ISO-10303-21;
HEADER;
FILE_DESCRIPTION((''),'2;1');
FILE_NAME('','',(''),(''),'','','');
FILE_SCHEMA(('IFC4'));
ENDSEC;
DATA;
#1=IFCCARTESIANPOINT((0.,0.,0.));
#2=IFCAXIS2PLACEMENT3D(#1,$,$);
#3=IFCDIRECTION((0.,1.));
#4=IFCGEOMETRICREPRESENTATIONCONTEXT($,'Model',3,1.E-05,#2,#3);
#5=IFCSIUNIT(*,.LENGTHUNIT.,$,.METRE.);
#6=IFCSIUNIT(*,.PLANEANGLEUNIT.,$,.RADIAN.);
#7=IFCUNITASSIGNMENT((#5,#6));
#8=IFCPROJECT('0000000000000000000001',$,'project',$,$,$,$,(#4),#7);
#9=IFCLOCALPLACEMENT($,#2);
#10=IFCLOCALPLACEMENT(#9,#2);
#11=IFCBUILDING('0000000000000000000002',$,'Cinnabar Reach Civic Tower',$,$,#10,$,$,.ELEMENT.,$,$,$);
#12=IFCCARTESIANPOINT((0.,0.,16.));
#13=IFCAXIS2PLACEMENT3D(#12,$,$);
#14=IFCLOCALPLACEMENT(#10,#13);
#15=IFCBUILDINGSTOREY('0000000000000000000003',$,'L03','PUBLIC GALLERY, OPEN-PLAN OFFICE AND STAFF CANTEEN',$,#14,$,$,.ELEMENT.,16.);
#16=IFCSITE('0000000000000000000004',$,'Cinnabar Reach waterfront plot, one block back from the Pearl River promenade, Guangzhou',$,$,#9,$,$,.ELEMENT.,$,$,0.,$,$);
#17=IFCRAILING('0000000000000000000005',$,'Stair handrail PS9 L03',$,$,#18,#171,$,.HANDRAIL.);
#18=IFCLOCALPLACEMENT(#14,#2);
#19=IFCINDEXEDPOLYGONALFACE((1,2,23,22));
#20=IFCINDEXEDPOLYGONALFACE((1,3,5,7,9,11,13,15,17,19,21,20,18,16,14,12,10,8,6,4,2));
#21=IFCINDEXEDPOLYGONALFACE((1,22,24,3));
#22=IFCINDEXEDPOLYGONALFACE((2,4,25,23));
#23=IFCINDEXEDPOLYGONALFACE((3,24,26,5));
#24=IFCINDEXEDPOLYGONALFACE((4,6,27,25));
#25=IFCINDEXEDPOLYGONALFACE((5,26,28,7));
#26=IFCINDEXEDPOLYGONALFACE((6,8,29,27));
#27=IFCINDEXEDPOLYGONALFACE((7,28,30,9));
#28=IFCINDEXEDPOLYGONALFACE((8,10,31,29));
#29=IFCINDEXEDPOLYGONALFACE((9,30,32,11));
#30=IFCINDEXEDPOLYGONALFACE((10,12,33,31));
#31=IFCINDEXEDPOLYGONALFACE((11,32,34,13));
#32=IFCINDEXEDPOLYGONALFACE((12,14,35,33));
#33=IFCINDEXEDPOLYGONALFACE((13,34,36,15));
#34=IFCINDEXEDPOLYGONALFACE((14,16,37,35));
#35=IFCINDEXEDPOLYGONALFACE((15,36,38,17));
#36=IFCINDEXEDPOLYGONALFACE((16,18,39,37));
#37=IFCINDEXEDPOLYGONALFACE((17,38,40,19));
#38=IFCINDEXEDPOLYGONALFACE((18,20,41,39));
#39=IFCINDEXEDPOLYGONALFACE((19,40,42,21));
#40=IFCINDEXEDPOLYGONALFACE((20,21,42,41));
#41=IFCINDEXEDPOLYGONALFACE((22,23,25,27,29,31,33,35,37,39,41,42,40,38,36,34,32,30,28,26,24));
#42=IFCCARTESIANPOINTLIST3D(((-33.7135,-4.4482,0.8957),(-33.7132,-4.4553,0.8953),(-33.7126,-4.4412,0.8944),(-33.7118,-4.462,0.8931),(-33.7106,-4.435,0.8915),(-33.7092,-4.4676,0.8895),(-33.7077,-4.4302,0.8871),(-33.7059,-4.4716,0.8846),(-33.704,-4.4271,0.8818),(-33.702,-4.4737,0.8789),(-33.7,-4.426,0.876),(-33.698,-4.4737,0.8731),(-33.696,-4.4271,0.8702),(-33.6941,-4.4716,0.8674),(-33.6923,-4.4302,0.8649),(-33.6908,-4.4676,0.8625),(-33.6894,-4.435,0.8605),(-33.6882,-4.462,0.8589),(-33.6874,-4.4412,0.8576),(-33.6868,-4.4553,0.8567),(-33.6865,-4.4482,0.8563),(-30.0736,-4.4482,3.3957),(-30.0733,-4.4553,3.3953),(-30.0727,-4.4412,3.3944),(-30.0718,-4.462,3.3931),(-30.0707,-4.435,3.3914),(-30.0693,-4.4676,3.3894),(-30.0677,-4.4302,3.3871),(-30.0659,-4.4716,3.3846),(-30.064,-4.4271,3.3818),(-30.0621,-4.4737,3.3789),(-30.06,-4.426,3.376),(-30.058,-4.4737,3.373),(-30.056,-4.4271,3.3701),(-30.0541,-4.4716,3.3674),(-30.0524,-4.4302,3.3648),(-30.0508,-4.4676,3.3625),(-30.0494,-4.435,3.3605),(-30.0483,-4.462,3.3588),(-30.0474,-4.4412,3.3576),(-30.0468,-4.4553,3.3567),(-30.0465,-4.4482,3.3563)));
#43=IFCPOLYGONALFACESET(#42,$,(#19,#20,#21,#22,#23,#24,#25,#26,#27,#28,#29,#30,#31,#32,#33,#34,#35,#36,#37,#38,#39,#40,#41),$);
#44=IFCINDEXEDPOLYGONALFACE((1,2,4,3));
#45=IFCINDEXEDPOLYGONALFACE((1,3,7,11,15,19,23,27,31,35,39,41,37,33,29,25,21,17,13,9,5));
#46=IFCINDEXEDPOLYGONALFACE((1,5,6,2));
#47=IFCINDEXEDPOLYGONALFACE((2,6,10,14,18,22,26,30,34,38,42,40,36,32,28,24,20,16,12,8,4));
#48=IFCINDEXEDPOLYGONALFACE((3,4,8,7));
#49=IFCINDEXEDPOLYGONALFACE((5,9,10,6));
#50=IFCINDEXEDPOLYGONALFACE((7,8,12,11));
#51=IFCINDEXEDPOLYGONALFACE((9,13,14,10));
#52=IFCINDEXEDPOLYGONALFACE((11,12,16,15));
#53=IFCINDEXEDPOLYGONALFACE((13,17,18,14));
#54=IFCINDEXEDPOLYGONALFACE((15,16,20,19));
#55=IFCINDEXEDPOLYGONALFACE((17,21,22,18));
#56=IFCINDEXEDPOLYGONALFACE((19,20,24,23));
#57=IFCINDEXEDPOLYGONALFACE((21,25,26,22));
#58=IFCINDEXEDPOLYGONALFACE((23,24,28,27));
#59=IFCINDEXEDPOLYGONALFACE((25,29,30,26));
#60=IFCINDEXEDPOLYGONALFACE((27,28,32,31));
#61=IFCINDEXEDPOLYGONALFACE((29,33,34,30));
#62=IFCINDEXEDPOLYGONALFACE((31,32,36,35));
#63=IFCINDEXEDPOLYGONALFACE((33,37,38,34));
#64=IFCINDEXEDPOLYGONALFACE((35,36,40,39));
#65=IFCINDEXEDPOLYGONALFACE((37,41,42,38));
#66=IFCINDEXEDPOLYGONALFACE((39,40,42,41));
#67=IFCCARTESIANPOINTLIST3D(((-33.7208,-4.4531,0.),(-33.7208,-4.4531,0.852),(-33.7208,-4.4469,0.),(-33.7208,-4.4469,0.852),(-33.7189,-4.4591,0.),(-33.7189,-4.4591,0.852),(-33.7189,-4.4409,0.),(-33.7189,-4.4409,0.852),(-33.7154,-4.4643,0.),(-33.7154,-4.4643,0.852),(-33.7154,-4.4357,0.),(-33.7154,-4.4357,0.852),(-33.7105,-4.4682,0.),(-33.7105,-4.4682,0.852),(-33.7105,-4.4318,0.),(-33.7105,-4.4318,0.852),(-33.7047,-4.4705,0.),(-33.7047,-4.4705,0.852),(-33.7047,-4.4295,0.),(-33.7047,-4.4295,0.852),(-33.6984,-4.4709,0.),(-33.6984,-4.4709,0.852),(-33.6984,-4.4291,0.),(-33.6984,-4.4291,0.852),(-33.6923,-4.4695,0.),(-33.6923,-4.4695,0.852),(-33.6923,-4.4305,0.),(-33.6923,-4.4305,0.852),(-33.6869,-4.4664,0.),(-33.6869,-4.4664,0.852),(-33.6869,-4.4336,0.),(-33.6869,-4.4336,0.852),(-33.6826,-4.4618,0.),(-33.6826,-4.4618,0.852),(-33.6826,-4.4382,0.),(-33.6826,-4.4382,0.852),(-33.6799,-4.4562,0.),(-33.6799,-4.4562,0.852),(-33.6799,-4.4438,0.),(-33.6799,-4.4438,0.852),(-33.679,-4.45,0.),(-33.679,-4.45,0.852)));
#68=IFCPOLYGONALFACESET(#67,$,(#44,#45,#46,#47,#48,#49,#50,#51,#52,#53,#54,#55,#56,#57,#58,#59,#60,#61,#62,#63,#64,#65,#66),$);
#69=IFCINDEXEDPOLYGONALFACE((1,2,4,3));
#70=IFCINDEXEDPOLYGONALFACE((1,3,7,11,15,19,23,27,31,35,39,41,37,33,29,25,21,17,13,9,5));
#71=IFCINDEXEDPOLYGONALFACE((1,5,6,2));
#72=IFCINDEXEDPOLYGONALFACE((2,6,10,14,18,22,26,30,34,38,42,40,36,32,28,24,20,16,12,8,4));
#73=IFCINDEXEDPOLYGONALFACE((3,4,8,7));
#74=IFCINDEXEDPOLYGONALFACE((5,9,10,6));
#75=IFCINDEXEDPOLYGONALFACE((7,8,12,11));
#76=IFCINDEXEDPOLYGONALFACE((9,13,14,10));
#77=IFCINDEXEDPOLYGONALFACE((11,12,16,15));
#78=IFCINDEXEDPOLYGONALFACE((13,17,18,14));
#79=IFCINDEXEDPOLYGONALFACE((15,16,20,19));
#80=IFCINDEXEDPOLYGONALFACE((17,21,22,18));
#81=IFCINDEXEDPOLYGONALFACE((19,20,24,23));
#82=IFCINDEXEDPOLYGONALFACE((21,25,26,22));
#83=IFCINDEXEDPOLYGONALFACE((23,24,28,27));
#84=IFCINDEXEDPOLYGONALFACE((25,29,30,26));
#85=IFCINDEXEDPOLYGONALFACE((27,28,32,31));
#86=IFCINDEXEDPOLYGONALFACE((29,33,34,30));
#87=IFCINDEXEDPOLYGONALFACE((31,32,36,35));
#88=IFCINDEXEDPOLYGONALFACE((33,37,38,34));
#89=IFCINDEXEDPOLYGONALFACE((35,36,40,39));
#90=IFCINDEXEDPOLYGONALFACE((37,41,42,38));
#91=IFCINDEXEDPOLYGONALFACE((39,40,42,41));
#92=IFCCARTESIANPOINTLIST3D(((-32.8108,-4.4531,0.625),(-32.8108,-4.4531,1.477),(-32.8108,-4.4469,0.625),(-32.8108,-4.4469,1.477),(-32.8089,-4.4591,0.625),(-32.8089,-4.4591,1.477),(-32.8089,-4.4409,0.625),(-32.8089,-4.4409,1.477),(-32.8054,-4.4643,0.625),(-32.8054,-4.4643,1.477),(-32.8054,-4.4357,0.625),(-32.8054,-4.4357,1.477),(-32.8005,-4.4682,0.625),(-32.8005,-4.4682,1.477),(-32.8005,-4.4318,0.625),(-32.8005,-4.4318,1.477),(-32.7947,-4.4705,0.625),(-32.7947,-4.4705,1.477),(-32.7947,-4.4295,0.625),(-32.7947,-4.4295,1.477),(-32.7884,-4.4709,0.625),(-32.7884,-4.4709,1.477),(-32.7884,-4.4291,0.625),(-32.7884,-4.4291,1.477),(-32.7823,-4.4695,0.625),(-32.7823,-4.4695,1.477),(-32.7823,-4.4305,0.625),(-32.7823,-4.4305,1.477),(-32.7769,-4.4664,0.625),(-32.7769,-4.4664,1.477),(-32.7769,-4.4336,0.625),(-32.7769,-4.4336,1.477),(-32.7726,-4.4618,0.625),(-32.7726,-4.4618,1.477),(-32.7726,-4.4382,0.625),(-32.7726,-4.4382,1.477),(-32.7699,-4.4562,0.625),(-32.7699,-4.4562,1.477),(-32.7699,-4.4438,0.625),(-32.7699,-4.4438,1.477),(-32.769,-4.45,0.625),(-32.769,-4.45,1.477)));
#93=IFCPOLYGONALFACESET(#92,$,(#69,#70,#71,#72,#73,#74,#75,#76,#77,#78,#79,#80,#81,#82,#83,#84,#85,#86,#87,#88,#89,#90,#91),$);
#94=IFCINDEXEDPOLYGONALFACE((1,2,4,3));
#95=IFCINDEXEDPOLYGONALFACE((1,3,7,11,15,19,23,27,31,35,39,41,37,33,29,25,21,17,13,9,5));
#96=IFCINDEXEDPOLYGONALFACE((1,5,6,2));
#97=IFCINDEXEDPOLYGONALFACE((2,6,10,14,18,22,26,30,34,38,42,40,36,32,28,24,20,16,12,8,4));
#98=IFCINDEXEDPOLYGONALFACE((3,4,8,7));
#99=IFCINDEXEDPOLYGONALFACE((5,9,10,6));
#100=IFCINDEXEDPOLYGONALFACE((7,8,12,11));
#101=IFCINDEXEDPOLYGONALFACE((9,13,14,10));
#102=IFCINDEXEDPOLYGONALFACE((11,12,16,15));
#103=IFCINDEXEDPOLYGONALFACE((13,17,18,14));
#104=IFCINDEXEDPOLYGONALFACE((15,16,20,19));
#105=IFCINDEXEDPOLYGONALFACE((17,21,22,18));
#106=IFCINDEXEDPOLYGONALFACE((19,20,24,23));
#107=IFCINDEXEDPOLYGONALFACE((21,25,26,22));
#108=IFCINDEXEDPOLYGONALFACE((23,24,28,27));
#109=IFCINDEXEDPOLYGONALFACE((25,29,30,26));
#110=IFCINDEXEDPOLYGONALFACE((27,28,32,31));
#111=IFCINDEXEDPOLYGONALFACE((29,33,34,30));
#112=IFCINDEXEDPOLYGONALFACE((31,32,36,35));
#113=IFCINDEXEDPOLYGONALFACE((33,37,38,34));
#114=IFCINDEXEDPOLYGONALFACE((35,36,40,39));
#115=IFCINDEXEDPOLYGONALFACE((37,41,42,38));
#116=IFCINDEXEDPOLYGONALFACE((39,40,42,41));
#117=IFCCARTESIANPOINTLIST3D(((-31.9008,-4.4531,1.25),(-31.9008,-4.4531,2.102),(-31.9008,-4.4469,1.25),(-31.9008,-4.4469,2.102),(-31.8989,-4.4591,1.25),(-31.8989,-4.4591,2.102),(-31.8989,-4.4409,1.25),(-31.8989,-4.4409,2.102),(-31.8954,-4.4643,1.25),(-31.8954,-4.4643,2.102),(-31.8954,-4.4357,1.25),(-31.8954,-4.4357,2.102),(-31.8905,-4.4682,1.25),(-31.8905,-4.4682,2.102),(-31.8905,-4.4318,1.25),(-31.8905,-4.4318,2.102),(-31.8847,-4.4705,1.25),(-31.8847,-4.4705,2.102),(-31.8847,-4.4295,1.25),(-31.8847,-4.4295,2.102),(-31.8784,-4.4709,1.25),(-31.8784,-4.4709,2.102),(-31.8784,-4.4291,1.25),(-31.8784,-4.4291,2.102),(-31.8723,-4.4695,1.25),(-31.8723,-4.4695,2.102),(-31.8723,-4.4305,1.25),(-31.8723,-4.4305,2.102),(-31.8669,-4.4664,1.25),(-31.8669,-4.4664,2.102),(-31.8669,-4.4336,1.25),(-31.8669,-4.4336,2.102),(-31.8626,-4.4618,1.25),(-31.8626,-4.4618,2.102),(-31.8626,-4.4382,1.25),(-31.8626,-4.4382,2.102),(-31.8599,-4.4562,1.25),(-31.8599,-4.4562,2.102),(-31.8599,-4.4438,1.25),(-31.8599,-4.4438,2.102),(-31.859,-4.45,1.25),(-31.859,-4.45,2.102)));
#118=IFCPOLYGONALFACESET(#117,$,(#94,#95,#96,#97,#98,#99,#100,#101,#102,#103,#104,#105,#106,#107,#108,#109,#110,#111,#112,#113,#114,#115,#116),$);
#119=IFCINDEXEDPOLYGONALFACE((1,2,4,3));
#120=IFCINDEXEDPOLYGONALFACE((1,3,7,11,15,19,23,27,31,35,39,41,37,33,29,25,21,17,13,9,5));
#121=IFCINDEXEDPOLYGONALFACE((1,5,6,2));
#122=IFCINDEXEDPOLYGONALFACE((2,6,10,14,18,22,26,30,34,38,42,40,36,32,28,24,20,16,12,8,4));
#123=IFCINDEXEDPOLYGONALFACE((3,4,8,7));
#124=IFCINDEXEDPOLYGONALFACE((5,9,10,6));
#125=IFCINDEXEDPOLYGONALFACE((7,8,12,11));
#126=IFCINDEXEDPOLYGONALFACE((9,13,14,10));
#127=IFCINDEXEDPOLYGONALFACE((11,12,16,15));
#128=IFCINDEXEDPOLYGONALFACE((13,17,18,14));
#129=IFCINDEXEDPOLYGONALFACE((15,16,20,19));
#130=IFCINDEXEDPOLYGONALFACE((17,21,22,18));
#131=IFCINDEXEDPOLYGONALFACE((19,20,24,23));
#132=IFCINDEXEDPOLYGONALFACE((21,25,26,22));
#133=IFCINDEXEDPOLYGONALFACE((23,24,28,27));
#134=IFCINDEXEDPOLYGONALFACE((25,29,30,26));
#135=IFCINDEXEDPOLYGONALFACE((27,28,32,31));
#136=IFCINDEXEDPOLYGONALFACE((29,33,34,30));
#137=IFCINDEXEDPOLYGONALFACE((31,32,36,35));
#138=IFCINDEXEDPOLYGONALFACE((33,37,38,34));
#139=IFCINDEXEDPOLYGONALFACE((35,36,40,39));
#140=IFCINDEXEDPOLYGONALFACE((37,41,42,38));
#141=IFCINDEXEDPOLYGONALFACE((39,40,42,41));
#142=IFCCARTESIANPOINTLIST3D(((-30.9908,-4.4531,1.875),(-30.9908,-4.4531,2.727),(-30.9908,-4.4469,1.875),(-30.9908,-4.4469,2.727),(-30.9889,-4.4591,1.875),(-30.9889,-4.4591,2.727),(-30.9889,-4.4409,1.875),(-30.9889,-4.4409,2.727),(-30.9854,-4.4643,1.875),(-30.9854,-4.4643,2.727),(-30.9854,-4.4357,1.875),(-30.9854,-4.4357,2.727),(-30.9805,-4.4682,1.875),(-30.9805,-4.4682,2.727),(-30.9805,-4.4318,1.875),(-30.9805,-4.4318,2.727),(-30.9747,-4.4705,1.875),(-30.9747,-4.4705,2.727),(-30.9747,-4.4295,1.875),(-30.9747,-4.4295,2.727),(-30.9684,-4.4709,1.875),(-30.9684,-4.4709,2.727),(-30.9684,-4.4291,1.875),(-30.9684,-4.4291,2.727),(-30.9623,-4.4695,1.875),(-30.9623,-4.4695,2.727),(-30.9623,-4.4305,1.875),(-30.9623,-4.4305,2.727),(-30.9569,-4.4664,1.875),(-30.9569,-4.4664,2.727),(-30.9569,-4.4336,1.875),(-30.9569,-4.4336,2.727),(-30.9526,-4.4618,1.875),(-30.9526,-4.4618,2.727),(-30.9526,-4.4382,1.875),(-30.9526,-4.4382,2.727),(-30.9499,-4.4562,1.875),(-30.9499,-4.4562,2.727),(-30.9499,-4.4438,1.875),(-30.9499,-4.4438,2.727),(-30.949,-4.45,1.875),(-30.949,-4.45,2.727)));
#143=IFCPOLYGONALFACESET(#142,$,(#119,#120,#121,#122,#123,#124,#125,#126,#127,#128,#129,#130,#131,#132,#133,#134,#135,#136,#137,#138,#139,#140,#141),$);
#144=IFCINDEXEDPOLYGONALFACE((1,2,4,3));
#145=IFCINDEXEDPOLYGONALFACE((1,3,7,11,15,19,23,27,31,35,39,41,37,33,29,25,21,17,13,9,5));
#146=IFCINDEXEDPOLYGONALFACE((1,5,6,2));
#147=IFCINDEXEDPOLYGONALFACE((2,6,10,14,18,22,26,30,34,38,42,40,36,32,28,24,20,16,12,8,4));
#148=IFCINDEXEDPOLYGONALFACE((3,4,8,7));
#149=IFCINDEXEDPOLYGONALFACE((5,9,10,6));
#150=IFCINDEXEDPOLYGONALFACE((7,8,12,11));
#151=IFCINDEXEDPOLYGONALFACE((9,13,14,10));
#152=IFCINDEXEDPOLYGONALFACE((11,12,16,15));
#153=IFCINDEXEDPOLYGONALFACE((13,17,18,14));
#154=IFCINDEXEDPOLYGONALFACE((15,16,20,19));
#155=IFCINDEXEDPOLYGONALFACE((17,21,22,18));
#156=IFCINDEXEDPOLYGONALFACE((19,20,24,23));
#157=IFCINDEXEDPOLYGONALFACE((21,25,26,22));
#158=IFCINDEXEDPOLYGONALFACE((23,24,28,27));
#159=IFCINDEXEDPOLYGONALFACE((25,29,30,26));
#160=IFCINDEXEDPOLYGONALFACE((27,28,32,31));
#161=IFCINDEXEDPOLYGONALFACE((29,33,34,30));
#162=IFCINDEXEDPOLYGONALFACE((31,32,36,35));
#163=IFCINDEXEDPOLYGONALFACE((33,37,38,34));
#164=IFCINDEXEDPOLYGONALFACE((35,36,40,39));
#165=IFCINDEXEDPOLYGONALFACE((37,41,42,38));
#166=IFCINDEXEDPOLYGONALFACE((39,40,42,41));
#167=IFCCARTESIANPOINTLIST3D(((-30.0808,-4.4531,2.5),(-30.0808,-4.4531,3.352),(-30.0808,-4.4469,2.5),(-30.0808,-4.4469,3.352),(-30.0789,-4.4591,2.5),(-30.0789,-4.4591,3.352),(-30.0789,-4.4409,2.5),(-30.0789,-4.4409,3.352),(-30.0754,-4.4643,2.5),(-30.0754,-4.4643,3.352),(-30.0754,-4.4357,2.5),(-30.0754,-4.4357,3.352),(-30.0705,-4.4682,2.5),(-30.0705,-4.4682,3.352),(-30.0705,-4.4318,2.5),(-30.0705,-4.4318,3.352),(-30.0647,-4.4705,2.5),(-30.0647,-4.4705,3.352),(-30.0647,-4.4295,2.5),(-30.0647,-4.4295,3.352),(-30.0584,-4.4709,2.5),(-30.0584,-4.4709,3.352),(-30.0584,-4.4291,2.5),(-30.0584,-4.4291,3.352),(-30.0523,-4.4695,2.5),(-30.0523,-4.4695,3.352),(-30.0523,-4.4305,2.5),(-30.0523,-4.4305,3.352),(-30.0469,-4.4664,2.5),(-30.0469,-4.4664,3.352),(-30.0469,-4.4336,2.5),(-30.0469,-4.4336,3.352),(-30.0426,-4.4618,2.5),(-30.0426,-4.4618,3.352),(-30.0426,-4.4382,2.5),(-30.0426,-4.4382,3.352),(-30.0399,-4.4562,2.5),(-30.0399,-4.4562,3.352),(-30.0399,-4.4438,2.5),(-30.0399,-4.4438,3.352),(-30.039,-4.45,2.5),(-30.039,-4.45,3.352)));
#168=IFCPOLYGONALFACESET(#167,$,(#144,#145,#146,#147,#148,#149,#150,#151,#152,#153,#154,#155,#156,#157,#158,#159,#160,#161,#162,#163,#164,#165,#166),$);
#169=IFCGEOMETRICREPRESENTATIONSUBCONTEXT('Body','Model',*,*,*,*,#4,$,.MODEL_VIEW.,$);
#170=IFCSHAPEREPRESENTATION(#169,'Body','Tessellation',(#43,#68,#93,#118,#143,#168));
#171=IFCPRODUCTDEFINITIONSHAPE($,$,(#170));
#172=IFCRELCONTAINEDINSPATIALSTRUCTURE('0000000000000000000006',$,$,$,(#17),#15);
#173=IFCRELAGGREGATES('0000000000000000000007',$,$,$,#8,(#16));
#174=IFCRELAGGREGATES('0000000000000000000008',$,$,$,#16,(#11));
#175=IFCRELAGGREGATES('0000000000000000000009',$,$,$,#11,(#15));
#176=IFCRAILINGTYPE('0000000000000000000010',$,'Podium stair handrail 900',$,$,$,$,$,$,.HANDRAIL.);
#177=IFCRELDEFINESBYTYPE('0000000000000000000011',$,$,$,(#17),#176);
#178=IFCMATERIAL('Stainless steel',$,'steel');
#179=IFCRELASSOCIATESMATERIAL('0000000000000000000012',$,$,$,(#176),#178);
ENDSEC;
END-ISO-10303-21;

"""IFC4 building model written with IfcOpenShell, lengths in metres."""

from ifc_helpers import new_model, si_unit, direction, frame, origin, origin_2d, place, context, subcontext, project, spatial, circle, extrude, material, type_object, element, save


model = new_model("IFC4")

# Units and contexts
model_context = context("Model", 3, precision=1e-05, world=origin(), true_north=direction((0.0, 1.0)))
body_context = subcontext(model_context, "Body", "Model", "MODEL_VIEW")
ifc_project = project(units=[si_unit("LENGTHUNIT", "METRE"), si_unit("PLANEANGLEUNIT", "RADIAN")], contexts=[model_context])

# Site, building, storey
site_placement = place(None, origin())
site = spatial("IfcSite", under=ifc_project, at=site_placement, Name="Cinnabar Reach waterfront plot, one block back from the Pearl River promenade, Guangzhou", CompositionType="ELEMENT", RefElevation=0.0)
building_placement = place(site_placement, origin())
building = spatial("IfcBuilding", under=site, at=building_placement, Name="Cinnabar Reach Civic Tower", CompositionType="ELEMENT")
storey_placement = place(building_placement, frame((0.0, 0.0, 16.0)))
storey = spatial("IfcBuildingStorey", under=building, at=storey_placement, Name="L03", Description="PUBLIC GALLERY, OPEN-PLAN OFFICE AND STAFF CANTEEN", CompositionType="ELEMENT", Elevation=16.0)

# Railing
ifc_material_1 = material(Name="Stainless steel", Category="steel")
railing_type_1 = type_object("IfcRailingType", Name="Podium stair handrail 900", PredefinedType="HANDRAIL", material=ifc_material_1)
railing_1_placement = place(storey_placement, frame((-33.7, -4.45, 0.0)))
element("IfcRailing", 1, at=railing_1_placement, inside=storey, type_object=railing_type_1, Name="Stair handrail PS9 L03", PredefinedType="HANDRAIL", context=body_context, shape_type="SweptSolid", body=[
    extrude(circle(Radius=0.024, at=origin_2d()), frame((0.0, 0.0, 0.876), z_axis=(0.824306, 0.0, 0.566144), x_axis=(0.0, 1.0, 0.0)), (0.0, 0.0, 1.0), 4.4158),
    extrude(circle(Radius=0.021, at=origin_2d()), origin(), (0.0, 0.0, 1.0), 0.852),
    extrude(circle(Radius=0.021, at=origin_2d()), frame((0.91, 0.0, 0.625)), (0.0, 0.0, 1.0), 0.852),
    extrude(circle(Radius=0.021, at=origin_2d()), frame((1.82, 0.0, 1.25)), (0.0, 0.0, 1.0), 0.852),
    extrude(circle(Radius=0.021, at=origin_2d()), frame((2.73, 0.0, 1.875)), (0.0, 0.0, 1.0), 0.852),
    extrude(circle(Radius=0.021, at=origin_2d()), frame((3.64, 0.0, 2.5)), (0.0, 0.0, 1.0), 0.852),
])

save(model, "model.ifc")
